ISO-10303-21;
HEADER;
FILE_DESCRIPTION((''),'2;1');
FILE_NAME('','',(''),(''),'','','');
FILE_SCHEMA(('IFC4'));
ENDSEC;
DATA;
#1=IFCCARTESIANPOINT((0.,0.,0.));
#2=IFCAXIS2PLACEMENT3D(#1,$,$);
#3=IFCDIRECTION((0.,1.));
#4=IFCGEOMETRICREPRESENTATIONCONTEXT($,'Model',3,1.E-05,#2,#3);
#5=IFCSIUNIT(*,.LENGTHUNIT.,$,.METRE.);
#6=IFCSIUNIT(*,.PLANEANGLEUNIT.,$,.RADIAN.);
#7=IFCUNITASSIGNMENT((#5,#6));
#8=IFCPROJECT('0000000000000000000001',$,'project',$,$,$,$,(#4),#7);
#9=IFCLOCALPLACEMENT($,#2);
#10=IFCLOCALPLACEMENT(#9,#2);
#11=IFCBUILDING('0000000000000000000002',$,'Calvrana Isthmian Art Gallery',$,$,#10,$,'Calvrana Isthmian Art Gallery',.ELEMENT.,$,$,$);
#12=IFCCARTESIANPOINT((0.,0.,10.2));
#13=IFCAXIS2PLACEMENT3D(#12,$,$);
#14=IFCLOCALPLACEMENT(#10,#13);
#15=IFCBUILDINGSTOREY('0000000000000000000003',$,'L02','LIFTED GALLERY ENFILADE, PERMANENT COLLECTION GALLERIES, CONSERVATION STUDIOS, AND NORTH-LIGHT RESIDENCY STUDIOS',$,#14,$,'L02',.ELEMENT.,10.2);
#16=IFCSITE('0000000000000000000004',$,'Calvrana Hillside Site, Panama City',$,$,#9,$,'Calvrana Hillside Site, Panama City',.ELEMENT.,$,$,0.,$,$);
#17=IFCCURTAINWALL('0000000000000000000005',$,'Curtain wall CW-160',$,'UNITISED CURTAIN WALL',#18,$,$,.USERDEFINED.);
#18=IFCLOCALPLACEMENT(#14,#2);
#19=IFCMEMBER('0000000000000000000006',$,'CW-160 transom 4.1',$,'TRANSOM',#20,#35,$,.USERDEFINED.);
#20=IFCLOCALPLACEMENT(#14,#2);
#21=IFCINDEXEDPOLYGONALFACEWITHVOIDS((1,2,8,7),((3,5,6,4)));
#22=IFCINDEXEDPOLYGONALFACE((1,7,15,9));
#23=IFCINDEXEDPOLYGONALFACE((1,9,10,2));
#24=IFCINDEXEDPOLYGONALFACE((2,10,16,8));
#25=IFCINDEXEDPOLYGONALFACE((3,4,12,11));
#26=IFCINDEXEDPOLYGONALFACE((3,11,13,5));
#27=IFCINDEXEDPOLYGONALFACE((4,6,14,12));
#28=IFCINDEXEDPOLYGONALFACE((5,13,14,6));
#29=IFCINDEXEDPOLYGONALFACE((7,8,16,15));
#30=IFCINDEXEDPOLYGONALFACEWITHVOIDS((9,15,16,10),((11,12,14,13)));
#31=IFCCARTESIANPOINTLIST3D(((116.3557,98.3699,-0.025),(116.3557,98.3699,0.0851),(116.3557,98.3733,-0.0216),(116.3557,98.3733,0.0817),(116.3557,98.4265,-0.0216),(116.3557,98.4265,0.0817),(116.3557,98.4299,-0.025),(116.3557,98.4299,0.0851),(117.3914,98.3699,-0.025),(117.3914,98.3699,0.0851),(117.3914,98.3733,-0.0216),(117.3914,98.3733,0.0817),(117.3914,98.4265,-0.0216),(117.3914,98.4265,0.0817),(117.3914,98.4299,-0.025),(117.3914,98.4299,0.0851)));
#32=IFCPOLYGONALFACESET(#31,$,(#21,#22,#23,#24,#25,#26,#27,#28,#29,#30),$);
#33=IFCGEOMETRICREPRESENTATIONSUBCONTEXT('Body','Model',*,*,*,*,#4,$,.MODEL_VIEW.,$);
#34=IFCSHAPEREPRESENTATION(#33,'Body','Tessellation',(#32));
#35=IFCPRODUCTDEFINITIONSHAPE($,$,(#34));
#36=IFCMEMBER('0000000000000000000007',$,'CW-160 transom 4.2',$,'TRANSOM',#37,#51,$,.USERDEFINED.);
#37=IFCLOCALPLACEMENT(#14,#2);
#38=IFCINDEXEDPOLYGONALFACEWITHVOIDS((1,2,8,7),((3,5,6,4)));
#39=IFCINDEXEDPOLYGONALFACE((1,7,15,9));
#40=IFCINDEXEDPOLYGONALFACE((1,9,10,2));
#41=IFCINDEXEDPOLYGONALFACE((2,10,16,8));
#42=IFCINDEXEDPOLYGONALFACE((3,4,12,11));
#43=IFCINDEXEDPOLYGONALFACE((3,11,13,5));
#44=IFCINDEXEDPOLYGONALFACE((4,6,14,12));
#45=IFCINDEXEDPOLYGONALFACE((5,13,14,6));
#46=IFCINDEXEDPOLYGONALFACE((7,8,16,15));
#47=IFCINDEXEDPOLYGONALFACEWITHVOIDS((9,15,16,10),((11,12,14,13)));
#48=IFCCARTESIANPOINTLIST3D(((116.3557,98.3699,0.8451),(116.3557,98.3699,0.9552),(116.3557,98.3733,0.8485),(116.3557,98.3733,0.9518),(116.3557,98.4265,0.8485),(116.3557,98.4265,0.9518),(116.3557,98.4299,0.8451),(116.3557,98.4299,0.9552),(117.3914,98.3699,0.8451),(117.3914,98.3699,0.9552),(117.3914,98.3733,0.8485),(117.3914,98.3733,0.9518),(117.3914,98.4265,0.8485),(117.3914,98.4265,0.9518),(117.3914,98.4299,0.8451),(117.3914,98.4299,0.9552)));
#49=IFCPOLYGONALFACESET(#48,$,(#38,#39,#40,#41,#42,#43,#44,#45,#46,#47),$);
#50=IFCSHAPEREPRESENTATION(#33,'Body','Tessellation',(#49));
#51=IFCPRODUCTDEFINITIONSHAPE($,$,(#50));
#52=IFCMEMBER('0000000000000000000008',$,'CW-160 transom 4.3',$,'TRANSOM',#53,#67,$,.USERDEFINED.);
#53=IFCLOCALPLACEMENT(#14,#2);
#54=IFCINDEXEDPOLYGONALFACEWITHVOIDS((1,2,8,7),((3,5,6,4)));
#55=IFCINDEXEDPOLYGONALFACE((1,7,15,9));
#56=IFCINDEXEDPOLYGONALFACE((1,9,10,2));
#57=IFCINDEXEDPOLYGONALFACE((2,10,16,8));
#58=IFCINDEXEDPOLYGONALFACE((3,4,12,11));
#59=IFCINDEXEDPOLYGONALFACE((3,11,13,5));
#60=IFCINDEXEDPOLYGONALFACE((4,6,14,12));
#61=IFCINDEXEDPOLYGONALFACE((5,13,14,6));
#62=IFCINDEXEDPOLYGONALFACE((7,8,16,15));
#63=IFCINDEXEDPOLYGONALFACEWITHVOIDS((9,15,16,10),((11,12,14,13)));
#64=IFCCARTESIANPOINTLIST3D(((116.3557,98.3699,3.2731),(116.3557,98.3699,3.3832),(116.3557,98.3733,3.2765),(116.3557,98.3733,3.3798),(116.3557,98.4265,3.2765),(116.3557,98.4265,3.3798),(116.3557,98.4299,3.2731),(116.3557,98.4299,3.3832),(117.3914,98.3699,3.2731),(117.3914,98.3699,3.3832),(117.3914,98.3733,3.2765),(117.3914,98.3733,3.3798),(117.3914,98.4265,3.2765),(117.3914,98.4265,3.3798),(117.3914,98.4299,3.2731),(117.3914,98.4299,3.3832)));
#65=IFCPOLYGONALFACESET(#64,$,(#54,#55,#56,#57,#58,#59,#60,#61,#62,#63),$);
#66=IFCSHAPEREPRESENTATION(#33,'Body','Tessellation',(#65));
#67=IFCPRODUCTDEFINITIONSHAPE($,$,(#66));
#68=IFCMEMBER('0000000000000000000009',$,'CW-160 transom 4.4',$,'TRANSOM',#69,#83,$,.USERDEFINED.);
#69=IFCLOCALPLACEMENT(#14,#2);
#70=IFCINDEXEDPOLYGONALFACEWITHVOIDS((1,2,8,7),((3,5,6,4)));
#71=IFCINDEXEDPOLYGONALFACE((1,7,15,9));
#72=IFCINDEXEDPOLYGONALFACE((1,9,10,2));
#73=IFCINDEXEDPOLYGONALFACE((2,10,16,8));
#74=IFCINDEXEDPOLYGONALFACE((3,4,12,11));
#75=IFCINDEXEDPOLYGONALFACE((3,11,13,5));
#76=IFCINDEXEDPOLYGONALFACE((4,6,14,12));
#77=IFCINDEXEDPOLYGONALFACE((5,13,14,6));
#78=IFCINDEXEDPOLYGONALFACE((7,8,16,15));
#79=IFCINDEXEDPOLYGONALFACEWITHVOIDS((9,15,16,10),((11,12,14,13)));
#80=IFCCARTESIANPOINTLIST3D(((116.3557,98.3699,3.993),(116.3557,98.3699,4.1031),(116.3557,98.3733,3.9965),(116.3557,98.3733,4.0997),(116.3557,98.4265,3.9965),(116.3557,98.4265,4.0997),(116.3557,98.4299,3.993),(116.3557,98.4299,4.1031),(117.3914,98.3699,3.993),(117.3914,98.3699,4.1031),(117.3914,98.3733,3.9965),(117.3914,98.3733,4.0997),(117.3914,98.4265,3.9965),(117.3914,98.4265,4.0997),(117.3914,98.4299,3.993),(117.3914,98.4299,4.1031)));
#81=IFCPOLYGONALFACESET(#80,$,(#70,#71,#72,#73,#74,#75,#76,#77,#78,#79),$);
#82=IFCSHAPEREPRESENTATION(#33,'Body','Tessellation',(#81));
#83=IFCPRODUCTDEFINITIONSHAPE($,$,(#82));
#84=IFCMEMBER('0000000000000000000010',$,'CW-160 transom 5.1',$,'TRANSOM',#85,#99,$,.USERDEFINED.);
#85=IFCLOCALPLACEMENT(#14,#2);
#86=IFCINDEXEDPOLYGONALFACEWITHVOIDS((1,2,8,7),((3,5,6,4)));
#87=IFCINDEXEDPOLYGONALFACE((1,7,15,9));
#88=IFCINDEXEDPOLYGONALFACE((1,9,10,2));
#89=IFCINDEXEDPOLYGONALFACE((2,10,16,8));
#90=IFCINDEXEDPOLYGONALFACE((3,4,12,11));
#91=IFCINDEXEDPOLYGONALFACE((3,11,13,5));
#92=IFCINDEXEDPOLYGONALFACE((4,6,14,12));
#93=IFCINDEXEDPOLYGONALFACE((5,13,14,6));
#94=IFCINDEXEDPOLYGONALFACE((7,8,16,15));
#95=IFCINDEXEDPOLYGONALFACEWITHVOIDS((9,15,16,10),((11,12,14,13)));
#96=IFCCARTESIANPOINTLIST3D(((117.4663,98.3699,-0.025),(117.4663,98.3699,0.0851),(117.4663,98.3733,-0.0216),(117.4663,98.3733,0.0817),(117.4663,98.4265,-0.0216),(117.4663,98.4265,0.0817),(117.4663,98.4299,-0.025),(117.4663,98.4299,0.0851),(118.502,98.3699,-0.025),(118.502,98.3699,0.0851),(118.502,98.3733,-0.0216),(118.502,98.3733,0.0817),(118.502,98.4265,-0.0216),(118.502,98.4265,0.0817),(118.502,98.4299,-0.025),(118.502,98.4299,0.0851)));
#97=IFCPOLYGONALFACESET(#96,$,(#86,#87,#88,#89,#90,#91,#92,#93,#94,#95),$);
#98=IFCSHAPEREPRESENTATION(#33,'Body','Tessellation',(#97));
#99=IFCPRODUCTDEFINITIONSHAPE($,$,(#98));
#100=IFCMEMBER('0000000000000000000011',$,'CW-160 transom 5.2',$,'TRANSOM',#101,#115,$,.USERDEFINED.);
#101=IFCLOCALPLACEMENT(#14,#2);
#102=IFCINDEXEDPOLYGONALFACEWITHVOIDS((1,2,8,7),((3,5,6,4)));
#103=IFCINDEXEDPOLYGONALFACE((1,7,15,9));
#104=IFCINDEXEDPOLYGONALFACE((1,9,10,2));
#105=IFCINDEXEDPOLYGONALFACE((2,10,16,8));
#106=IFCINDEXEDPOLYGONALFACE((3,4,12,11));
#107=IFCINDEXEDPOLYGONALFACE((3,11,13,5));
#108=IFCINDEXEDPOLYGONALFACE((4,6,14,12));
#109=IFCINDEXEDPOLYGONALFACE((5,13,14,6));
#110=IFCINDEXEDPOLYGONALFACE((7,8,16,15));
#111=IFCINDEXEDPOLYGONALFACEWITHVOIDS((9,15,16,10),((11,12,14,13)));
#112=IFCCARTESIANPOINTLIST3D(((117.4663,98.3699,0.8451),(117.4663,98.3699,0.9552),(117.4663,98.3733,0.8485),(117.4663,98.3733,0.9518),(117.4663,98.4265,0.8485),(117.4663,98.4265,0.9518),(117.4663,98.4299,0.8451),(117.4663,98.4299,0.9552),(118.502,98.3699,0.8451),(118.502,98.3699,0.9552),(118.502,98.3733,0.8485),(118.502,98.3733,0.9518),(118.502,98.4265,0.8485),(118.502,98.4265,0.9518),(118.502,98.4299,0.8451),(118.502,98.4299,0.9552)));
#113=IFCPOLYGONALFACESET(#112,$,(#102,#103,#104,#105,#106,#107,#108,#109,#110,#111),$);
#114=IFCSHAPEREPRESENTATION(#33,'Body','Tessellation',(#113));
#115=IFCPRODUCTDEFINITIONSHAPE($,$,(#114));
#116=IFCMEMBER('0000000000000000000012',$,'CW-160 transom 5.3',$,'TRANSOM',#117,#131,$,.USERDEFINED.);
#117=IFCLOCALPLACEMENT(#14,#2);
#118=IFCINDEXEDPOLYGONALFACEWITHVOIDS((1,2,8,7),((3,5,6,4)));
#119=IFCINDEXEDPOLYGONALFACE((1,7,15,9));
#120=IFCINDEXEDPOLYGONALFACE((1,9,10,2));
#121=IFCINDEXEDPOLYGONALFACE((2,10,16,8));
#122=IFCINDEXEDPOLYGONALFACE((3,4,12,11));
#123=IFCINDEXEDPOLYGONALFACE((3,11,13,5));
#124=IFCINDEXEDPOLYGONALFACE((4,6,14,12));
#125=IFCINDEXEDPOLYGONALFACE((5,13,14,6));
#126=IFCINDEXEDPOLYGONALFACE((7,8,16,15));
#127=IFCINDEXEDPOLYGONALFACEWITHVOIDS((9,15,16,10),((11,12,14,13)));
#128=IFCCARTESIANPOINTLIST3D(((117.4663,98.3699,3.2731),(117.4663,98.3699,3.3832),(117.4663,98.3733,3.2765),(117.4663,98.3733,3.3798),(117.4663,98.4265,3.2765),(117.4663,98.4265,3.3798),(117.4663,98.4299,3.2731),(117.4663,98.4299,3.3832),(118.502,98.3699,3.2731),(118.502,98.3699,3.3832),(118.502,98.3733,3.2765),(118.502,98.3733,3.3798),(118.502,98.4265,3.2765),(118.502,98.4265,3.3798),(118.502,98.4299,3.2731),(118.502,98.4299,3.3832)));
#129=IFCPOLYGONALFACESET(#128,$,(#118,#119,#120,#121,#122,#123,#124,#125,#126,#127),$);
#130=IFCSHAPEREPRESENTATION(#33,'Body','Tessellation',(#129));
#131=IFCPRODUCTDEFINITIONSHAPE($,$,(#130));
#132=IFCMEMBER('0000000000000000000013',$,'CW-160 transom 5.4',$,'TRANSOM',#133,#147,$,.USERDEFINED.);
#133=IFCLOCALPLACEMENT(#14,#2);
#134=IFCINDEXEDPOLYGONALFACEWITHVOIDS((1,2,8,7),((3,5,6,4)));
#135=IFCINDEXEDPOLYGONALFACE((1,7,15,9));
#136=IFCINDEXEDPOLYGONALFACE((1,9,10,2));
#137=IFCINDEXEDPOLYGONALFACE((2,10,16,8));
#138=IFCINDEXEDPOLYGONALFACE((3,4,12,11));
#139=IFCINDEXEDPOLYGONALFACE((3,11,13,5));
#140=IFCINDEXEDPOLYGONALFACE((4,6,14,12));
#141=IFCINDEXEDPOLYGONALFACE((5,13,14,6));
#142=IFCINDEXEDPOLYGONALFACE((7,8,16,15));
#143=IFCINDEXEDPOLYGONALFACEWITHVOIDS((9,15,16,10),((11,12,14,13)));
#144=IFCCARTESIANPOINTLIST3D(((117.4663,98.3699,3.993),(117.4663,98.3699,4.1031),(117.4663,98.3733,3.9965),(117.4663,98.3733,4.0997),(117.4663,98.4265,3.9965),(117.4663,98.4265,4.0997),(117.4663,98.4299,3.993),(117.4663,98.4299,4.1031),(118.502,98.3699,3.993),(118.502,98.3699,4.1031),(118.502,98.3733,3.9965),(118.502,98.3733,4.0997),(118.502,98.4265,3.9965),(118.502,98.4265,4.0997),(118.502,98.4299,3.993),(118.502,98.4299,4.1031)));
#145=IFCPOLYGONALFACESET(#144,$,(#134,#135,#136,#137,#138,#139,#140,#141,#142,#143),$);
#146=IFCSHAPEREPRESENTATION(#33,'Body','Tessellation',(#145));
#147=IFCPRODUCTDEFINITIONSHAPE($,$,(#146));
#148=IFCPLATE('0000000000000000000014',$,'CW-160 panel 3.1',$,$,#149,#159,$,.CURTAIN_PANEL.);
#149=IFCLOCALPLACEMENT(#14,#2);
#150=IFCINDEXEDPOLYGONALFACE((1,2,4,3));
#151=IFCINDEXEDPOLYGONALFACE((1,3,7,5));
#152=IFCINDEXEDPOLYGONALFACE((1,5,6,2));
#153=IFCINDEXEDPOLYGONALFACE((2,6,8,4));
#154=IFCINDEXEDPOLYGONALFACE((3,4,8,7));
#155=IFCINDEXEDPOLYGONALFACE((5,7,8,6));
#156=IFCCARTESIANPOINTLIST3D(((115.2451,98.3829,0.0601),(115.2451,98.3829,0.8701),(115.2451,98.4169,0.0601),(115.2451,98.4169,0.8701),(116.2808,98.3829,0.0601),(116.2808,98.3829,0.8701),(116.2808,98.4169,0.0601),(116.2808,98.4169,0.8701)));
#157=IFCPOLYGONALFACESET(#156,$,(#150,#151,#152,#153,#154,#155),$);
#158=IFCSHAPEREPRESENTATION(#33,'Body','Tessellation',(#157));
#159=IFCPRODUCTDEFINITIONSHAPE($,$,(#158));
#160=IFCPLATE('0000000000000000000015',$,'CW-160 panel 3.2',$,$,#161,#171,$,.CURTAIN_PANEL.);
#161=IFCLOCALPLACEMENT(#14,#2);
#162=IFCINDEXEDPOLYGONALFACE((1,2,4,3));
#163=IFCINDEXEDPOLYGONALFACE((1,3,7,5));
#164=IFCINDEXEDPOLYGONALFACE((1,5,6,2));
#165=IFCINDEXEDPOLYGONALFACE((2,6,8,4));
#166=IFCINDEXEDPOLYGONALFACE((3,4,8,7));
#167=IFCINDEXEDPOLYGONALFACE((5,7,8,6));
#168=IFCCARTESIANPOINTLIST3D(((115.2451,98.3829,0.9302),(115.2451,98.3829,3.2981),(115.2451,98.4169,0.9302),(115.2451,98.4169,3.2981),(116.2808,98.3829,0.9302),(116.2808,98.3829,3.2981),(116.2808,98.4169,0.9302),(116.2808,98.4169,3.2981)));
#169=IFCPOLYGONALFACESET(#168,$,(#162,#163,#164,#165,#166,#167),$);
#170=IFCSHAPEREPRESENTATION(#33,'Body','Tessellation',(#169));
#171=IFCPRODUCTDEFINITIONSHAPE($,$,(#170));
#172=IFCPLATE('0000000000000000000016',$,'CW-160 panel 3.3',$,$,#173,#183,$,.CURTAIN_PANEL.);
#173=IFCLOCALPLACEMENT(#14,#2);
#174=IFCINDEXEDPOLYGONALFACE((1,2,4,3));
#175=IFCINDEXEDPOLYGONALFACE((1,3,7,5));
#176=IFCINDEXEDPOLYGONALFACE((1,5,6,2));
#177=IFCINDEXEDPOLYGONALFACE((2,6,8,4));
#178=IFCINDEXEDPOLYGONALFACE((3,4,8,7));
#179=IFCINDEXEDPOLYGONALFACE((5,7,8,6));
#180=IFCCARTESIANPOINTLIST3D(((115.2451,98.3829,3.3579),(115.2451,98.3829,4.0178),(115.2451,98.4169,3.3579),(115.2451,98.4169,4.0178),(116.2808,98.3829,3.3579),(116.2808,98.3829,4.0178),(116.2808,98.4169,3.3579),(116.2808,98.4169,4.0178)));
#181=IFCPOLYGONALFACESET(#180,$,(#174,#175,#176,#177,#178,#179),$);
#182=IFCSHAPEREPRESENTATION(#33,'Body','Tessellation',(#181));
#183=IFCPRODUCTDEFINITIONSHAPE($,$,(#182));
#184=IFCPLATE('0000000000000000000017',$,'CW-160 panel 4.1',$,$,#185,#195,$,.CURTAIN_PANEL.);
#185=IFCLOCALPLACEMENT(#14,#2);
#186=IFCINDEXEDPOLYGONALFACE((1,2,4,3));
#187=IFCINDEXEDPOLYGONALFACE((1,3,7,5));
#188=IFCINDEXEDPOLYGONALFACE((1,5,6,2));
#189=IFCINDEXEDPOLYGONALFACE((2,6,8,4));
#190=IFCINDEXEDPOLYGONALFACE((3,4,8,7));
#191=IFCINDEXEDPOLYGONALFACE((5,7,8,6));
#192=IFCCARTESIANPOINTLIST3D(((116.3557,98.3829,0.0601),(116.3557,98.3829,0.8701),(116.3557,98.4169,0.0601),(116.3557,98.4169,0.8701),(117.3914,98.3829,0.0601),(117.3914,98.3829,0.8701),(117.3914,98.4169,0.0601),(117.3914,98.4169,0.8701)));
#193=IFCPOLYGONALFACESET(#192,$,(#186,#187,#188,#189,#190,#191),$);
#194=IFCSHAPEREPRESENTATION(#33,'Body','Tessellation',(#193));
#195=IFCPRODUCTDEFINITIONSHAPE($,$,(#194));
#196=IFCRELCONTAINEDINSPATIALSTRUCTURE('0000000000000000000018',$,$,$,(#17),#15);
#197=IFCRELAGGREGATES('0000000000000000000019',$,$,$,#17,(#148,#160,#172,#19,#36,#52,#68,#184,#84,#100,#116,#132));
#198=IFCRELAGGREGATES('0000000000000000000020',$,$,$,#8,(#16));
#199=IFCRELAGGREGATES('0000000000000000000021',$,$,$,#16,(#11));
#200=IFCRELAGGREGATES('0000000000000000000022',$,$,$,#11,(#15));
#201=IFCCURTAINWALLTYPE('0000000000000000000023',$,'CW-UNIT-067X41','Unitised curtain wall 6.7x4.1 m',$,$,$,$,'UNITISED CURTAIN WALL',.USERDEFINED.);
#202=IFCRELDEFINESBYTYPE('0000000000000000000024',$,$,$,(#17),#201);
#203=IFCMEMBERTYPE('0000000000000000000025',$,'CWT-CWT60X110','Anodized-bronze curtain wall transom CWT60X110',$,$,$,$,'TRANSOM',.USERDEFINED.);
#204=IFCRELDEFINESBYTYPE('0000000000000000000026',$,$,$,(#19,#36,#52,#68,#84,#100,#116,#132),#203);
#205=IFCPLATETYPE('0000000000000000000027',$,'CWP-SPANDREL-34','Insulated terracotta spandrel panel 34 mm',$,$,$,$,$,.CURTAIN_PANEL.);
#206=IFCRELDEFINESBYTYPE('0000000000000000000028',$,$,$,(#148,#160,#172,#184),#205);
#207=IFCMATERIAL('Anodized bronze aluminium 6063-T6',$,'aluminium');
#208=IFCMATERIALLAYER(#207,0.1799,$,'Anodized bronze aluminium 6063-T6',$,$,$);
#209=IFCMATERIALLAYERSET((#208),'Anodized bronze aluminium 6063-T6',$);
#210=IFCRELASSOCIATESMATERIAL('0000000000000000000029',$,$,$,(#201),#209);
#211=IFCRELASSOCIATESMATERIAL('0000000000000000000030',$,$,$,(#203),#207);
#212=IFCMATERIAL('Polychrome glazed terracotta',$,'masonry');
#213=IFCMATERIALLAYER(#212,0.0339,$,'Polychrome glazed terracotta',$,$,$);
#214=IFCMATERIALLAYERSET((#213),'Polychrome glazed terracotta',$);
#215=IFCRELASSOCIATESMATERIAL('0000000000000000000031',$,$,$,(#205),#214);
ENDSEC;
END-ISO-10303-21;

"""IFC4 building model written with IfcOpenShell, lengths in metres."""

from ifc_helpers import new_model, si_unit, direction, frame, origin, origin_2d, place, context, subcontext, project, spatial, rectangle, hollow_rectangle, extrude, material, layer, layer_set, material_profile, profile_set, type_object, element, aggregate, save


model = new_model("IFC4")

# Units and contexts
model_context = context("Model", 3, precision=1e-05, world=origin(), true_north=direction((0.0, 1.0)))
body_context = subcontext(model_context, "Body", "Model", "MODEL_VIEW")
ifc_project = project(units=[si_unit("LENGTHUNIT", "METRE"), si_unit("PLANEANGLEUNIT", "RADIAN")], contexts=[model_context])

# Site, building, storey
site_placement = place(None, origin())
site = spatial("IfcSite", under=ifc_project, at=site_placement, Name="Calvrana Hillside Site, Panama City", LongName="Calvrana Hillside Site, Panama City", CompositionType="ELEMENT", RefElevation=0.0)
building_placement = place(site_placement, origin())
building = spatial("IfcBuilding", under=site, at=building_placement, Name="Calvrana Isthmian Art Gallery", LongName="Calvrana Isthmian Art Gallery", CompositionType="ELEMENT")
storey_placement = place(building_placement, frame((0.0, 0.0, 10.2)))
storey = spatial("IfcBuildingStorey", under=building, at=storey_placement, Name="L02", Description="LIFTED GALLERY ENFILADE, PERMANENT COLLECTION GALLERIES, CONSERVATION STUDIOS, AND NORTH-LIGHT RESIDENCY STUDIOS", LongName="L02", CompositionType="ELEMENT", Elevation=10.2)

# Curtain wall, members, plates
ifc_material_1 = material(Name="Anodized bronze aluminium 6063-T6", Category="aluminium")
ifc_layer_1 = layer(ifc_material_1, 0.1799, Name="Anodized bronze aluminium 6063-T6")
ifc_layer_set_1 = layer_set([ifc_layer_1], Name="Anodized bronze aluminium 6063-T6")
curtain_wall_type = type_object("IfcCurtainWallType", Name="CW-UNIT-067X41", Description="Unitised curtain wall 6.7x4.1 m", ElementType="UNITISED CURTAIN WALL", PredefinedType="USERDEFINED", material=ifc_layer_set_1)
curtain_wall_placement = place(storey_placement, origin())
curtain_wall = element("IfcCurtainWall", 1, at=curtain_wall_placement, inside=storey, type_object=curtain_wall_type, Name="Curtain wall CW-160", ObjectType="UNITISED CURTAIN WALL", PredefinedType="USERDEFINED")
ifc_material_profile_1 = material_profile(ifc_material_1, hollow_rectangle(XDim=0.0601, YDim=0.1101, WallThickness=0.0034, at=origin_2d()), Name="CWT60X110")
ifc_profile_set_1 = profile_set([ifc_material_profile_1], Name="Anodized bronze aluminium 6063-T6")
member_type_1 = type_object("IfcMemberType", Name="CWT-CWT60X110", Description="Anodized-bronze curtain wall transom CWT60X110", ElementType="TRANSOM", PredefinedType="USERDEFINED", material=ifc_profile_set_1)
member_1_placement = place(storey_placement, frame((116.3557, 98.3999, 0.03), z_axis=(1.0, 0.0, 0.0), x_axis=(0.0, 1.0, 0.0)))
member_1 = element("IfcMember", 2, at=member_1_placement, type_object=member_type_1, Name="CW-160 transom 4.1", ObjectType="TRANSOM", PredefinedType="USERDEFINED", context=body_context, shape_type="SweptSolid", body=[
    extrude(hollow_rectangle(XDim=0.0601, YDim=0.1101, WallThickness=0.0034, at=origin_2d()), origin(), (0.0, 0.0, 1.0), 1.0356),
])
member_2_placement = place(storey_placement, frame((116.3557, 98.3999, 0.9001), z_axis=(1.0, 0.0, 0.0), x_axis=(0.0, 1.0, 0.0)))
member_2 = element("IfcMember", 3, at=member_2_placement, type_object=member_type_1, Name="CW-160 transom 4.2", ObjectType="TRANSOM", PredefinedType="USERDEFINED", context=body_context, shape_type="SweptSolid", body=[
    extrude(hollow_rectangle(XDim=0.0601, YDim=0.1101, WallThickness=0.0034, at=origin_2d()), origin(), (0.0, 0.0, 1.0), 1.0356),
])
member_3_placement = place(storey_placement, frame((116.3557, 98.3999, 3.3281), z_axis=(1.0, 0.0, 0.0), x_axis=(0.0, 1.0, 0.0)))
member_3 = element("IfcMember", 4, at=member_3_placement, type_object=member_type_1, Name="CW-160 transom 4.3", ObjectType="TRANSOM", PredefinedType="USERDEFINED", context=body_context, shape_type="SweptSolid", body=[
    extrude(hollow_rectangle(XDim=0.0601, YDim=0.1101, WallThickness=0.0034, at=origin_2d()), origin(), (0.0, 0.0, 1.0), 1.0356),
])
member_4_placement = place(storey_placement, frame((116.3557, 98.3999, 4.0481), z_axis=(1.0, 0.0, 0.0), x_axis=(0.0, 1.0, 0.0)))
member_4 = element("IfcMember", 5, at=member_4_placement, type_object=member_type_1, Name="CW-160 transom 4.4", ObjectType="TRANSOM", PredefinedType="USERDEFINED", context=body_context, shape_type="SweptSolid", body=[
    extrude(hollow_rectangle(XDim=0.0601, YDim=0.1101, WallThickness=0.0034, at=origin_2d()), origin(), (0.0, 0.0, 1.0), 1.0356),
])
member_5_placement = place(storey_placement, frame((117.4663, 98.3999, 0.03), z_axis=(1.0, 0.0, 0.0), x_axis=(0.0, 1.0, 0.0)))
member_5 = element("IfcMember", 6, at=member_5_placement, type_object=member_type_1, Name="CW-160 transom 5.1", ObjectType="TRANSOM", PredefinedType="USERDEFINED", context=body_context, shape_type="SweptSolid", body=[
    extrude(hollow_rectangle(XDim=0.0601, YDim=0.1101, WallThickness=0.0034, at=origin_2d()), origin(), (0.0, 0.0, 1.0), 1.0356),
])
member_6_placement = place(storey_placement, frame((117.4663, 98.3999, 0.9001), z_axis=(1.0, 0.0, 0.0), x_axis=(0.0, 1.0, 0.0)))
member_6 = element("IfcMember", 7, at=member_6_placement, type_object=member_type_1, Name="CW-160 transom 5.2", ObjectType="TRANSOM", PredefinedType="USERDEFINED", context=body_context, shape_type="SweptSolid", body=[
    extrude(hollow_rectangle(XDim=0.0601, YDim=0.1101, WallThickness=0.0034, at=origin_2d()), origin(), (0.0, 0.0, 1.0), 1.0356),
])
member_7_placement = place(storey_placement, frame((117.4663, 98.3999, 3.3281), z_axis=(1.0, 0.0, 0.0), x_axis=(0.0, 1.0, 0.0)))
member_7 = element("IfcMember", 8, at=member_7_placement, type_object=member_type_1, Name="CW-160 transom 5.3", ObjectType="TRANSOM", PredefinedType="USERDEFINED", context=body_context, shape_type="SweptSolid", body=[
    extrude(hollow_rectangle(XDim=0.0601, YDim=0.1101, WallThickness=0.0034, at=origin_2d()), origin(), (0.0, 0.0, 1.0), 1.0356),
])
member_8_placement = place(storey_placement, frame((117.4663, 98.3999, 4.0481), z_axis=(1.0, 0.0, 0.0), x_axis=(0.0, 1.0, 0.0)))
member_8 = element("IfcMember", 9, at=member_8_placement, type_object=member_type_1, Name="CW-160 transom 5.4", ObjectType="TRANSOM", PredefinedType="USERDEFINED", context=body_context, shape_type="SweptSolid", body=[
    extrude(hollow_rectangle(XDim=0.0601, YDim=0.1101, WallThickness=0.0034, at=origin_2d()), origin(), (0.0, 0.0, 1.0), 1.0356),
])
ifc_material_2 = material(Name="Polychrome glazed terracotta", Category="masonry")
ifc_layer_2 = layer(ifc_material_2, 0.0339, Name="Polychrome glazed terracotta")
ifc_layer_set_2 = layer_set([ifc_layer_2], Name="Polychrome glazed terracotta")
plate_type = type_object("IfcPlateType", Name="CWP-SPANDREL-34", Description="Insulated terracotta spandrel panel 34 mm", PredefinedType="CURTAIN_PANEL", material=ifc_layer_set_2)
plate_1_placement = place(storey_placement, frame((115.7629, 98.3999, 0.0601), z_axis=(0.0, 0.0, 1.0), x_axis=(1.0, 0.0, 0.0)))
plate_1 = element("IfcPlate", 10, at=plate_1_placement, type_object=plate_type, Name="CW-160 panel 3.1", PredefinedType="CURTAIN_PANEL", context=body_context, shape_type="SweptSolid", body=[
    extrude(rectangle(XDim=1.0356, YDim=0.0339, at=origin_2d()), origin(), (0.0, 0.0, 1.0), 0.8101),
])
plate_2_placement = place(storey_placement, frame((115.7629, 98.3999, 0.9302), z_axis=(0.0, 0.0, 1.0), x_axis=(1.0, 0.0, 0.0)))
plate_2 = element("IfcPlate", 11, at=plate_2_placement, type_object=plate_type, Name="CW-160 panel 3.2", PredefinedType="CURTAIN_PANEL", context=body_context, shape_type="SweptSolid", body=[
    extrude(rectangle(XDim=1.0356, YDim=0.0339, at=origin_2d()), origin(), (0.0, 0.0, 1.0), 2.3679),
])
plate_3_placement = place(storey_placement, frame((115.7629, 98.3999, 3.3579), z_axis=(0.0, 0.0, 1.0), x_axis=(1.0, 0.0, 0.0)))
plate_3 = element("IfcPlate", 12, at=plate_3_placement, type_object=plate_type, Name="CW-160 panel 3.3", PredefinedType="CURTAIN_PANEL", context=body_context, shape_type="SweptSolid", body=[
    extrude(rectangle(XDim=1.0356, YDim=0.0339, at=origin_2d()), origin(), (0.0, 0.0, 1.0), 0.6599),
])
plate_4_placement = place(storey_placement, frame((116.8735, 98.3999, 0.0601), z_axis=(0.0, 0.0, 1.0), x_axis=(1.0, 0.0, 0.0)))
plate_4 = element("IfcPlate", 13, at=plate_4_placement, type_object=plate_type, Name="CW-160 panel 4.1", PredefinedType="CURTAIN_PANEL", context=body_context, shape_type="SweptSolid", body=[
    extrude(rectangle(XDim=1.0356, YDim=0.0339, at=origin_2d()), origin(), (0.0, 0.0, 1.0), 0.8101),
])
aggregate(curtain_wall, [plate_1, plate_2, plate_3, member_1, member_2, member_3, member_4, plate_4, member_5, member_6, member_7, member_8])

save(model, "model.ifc")
